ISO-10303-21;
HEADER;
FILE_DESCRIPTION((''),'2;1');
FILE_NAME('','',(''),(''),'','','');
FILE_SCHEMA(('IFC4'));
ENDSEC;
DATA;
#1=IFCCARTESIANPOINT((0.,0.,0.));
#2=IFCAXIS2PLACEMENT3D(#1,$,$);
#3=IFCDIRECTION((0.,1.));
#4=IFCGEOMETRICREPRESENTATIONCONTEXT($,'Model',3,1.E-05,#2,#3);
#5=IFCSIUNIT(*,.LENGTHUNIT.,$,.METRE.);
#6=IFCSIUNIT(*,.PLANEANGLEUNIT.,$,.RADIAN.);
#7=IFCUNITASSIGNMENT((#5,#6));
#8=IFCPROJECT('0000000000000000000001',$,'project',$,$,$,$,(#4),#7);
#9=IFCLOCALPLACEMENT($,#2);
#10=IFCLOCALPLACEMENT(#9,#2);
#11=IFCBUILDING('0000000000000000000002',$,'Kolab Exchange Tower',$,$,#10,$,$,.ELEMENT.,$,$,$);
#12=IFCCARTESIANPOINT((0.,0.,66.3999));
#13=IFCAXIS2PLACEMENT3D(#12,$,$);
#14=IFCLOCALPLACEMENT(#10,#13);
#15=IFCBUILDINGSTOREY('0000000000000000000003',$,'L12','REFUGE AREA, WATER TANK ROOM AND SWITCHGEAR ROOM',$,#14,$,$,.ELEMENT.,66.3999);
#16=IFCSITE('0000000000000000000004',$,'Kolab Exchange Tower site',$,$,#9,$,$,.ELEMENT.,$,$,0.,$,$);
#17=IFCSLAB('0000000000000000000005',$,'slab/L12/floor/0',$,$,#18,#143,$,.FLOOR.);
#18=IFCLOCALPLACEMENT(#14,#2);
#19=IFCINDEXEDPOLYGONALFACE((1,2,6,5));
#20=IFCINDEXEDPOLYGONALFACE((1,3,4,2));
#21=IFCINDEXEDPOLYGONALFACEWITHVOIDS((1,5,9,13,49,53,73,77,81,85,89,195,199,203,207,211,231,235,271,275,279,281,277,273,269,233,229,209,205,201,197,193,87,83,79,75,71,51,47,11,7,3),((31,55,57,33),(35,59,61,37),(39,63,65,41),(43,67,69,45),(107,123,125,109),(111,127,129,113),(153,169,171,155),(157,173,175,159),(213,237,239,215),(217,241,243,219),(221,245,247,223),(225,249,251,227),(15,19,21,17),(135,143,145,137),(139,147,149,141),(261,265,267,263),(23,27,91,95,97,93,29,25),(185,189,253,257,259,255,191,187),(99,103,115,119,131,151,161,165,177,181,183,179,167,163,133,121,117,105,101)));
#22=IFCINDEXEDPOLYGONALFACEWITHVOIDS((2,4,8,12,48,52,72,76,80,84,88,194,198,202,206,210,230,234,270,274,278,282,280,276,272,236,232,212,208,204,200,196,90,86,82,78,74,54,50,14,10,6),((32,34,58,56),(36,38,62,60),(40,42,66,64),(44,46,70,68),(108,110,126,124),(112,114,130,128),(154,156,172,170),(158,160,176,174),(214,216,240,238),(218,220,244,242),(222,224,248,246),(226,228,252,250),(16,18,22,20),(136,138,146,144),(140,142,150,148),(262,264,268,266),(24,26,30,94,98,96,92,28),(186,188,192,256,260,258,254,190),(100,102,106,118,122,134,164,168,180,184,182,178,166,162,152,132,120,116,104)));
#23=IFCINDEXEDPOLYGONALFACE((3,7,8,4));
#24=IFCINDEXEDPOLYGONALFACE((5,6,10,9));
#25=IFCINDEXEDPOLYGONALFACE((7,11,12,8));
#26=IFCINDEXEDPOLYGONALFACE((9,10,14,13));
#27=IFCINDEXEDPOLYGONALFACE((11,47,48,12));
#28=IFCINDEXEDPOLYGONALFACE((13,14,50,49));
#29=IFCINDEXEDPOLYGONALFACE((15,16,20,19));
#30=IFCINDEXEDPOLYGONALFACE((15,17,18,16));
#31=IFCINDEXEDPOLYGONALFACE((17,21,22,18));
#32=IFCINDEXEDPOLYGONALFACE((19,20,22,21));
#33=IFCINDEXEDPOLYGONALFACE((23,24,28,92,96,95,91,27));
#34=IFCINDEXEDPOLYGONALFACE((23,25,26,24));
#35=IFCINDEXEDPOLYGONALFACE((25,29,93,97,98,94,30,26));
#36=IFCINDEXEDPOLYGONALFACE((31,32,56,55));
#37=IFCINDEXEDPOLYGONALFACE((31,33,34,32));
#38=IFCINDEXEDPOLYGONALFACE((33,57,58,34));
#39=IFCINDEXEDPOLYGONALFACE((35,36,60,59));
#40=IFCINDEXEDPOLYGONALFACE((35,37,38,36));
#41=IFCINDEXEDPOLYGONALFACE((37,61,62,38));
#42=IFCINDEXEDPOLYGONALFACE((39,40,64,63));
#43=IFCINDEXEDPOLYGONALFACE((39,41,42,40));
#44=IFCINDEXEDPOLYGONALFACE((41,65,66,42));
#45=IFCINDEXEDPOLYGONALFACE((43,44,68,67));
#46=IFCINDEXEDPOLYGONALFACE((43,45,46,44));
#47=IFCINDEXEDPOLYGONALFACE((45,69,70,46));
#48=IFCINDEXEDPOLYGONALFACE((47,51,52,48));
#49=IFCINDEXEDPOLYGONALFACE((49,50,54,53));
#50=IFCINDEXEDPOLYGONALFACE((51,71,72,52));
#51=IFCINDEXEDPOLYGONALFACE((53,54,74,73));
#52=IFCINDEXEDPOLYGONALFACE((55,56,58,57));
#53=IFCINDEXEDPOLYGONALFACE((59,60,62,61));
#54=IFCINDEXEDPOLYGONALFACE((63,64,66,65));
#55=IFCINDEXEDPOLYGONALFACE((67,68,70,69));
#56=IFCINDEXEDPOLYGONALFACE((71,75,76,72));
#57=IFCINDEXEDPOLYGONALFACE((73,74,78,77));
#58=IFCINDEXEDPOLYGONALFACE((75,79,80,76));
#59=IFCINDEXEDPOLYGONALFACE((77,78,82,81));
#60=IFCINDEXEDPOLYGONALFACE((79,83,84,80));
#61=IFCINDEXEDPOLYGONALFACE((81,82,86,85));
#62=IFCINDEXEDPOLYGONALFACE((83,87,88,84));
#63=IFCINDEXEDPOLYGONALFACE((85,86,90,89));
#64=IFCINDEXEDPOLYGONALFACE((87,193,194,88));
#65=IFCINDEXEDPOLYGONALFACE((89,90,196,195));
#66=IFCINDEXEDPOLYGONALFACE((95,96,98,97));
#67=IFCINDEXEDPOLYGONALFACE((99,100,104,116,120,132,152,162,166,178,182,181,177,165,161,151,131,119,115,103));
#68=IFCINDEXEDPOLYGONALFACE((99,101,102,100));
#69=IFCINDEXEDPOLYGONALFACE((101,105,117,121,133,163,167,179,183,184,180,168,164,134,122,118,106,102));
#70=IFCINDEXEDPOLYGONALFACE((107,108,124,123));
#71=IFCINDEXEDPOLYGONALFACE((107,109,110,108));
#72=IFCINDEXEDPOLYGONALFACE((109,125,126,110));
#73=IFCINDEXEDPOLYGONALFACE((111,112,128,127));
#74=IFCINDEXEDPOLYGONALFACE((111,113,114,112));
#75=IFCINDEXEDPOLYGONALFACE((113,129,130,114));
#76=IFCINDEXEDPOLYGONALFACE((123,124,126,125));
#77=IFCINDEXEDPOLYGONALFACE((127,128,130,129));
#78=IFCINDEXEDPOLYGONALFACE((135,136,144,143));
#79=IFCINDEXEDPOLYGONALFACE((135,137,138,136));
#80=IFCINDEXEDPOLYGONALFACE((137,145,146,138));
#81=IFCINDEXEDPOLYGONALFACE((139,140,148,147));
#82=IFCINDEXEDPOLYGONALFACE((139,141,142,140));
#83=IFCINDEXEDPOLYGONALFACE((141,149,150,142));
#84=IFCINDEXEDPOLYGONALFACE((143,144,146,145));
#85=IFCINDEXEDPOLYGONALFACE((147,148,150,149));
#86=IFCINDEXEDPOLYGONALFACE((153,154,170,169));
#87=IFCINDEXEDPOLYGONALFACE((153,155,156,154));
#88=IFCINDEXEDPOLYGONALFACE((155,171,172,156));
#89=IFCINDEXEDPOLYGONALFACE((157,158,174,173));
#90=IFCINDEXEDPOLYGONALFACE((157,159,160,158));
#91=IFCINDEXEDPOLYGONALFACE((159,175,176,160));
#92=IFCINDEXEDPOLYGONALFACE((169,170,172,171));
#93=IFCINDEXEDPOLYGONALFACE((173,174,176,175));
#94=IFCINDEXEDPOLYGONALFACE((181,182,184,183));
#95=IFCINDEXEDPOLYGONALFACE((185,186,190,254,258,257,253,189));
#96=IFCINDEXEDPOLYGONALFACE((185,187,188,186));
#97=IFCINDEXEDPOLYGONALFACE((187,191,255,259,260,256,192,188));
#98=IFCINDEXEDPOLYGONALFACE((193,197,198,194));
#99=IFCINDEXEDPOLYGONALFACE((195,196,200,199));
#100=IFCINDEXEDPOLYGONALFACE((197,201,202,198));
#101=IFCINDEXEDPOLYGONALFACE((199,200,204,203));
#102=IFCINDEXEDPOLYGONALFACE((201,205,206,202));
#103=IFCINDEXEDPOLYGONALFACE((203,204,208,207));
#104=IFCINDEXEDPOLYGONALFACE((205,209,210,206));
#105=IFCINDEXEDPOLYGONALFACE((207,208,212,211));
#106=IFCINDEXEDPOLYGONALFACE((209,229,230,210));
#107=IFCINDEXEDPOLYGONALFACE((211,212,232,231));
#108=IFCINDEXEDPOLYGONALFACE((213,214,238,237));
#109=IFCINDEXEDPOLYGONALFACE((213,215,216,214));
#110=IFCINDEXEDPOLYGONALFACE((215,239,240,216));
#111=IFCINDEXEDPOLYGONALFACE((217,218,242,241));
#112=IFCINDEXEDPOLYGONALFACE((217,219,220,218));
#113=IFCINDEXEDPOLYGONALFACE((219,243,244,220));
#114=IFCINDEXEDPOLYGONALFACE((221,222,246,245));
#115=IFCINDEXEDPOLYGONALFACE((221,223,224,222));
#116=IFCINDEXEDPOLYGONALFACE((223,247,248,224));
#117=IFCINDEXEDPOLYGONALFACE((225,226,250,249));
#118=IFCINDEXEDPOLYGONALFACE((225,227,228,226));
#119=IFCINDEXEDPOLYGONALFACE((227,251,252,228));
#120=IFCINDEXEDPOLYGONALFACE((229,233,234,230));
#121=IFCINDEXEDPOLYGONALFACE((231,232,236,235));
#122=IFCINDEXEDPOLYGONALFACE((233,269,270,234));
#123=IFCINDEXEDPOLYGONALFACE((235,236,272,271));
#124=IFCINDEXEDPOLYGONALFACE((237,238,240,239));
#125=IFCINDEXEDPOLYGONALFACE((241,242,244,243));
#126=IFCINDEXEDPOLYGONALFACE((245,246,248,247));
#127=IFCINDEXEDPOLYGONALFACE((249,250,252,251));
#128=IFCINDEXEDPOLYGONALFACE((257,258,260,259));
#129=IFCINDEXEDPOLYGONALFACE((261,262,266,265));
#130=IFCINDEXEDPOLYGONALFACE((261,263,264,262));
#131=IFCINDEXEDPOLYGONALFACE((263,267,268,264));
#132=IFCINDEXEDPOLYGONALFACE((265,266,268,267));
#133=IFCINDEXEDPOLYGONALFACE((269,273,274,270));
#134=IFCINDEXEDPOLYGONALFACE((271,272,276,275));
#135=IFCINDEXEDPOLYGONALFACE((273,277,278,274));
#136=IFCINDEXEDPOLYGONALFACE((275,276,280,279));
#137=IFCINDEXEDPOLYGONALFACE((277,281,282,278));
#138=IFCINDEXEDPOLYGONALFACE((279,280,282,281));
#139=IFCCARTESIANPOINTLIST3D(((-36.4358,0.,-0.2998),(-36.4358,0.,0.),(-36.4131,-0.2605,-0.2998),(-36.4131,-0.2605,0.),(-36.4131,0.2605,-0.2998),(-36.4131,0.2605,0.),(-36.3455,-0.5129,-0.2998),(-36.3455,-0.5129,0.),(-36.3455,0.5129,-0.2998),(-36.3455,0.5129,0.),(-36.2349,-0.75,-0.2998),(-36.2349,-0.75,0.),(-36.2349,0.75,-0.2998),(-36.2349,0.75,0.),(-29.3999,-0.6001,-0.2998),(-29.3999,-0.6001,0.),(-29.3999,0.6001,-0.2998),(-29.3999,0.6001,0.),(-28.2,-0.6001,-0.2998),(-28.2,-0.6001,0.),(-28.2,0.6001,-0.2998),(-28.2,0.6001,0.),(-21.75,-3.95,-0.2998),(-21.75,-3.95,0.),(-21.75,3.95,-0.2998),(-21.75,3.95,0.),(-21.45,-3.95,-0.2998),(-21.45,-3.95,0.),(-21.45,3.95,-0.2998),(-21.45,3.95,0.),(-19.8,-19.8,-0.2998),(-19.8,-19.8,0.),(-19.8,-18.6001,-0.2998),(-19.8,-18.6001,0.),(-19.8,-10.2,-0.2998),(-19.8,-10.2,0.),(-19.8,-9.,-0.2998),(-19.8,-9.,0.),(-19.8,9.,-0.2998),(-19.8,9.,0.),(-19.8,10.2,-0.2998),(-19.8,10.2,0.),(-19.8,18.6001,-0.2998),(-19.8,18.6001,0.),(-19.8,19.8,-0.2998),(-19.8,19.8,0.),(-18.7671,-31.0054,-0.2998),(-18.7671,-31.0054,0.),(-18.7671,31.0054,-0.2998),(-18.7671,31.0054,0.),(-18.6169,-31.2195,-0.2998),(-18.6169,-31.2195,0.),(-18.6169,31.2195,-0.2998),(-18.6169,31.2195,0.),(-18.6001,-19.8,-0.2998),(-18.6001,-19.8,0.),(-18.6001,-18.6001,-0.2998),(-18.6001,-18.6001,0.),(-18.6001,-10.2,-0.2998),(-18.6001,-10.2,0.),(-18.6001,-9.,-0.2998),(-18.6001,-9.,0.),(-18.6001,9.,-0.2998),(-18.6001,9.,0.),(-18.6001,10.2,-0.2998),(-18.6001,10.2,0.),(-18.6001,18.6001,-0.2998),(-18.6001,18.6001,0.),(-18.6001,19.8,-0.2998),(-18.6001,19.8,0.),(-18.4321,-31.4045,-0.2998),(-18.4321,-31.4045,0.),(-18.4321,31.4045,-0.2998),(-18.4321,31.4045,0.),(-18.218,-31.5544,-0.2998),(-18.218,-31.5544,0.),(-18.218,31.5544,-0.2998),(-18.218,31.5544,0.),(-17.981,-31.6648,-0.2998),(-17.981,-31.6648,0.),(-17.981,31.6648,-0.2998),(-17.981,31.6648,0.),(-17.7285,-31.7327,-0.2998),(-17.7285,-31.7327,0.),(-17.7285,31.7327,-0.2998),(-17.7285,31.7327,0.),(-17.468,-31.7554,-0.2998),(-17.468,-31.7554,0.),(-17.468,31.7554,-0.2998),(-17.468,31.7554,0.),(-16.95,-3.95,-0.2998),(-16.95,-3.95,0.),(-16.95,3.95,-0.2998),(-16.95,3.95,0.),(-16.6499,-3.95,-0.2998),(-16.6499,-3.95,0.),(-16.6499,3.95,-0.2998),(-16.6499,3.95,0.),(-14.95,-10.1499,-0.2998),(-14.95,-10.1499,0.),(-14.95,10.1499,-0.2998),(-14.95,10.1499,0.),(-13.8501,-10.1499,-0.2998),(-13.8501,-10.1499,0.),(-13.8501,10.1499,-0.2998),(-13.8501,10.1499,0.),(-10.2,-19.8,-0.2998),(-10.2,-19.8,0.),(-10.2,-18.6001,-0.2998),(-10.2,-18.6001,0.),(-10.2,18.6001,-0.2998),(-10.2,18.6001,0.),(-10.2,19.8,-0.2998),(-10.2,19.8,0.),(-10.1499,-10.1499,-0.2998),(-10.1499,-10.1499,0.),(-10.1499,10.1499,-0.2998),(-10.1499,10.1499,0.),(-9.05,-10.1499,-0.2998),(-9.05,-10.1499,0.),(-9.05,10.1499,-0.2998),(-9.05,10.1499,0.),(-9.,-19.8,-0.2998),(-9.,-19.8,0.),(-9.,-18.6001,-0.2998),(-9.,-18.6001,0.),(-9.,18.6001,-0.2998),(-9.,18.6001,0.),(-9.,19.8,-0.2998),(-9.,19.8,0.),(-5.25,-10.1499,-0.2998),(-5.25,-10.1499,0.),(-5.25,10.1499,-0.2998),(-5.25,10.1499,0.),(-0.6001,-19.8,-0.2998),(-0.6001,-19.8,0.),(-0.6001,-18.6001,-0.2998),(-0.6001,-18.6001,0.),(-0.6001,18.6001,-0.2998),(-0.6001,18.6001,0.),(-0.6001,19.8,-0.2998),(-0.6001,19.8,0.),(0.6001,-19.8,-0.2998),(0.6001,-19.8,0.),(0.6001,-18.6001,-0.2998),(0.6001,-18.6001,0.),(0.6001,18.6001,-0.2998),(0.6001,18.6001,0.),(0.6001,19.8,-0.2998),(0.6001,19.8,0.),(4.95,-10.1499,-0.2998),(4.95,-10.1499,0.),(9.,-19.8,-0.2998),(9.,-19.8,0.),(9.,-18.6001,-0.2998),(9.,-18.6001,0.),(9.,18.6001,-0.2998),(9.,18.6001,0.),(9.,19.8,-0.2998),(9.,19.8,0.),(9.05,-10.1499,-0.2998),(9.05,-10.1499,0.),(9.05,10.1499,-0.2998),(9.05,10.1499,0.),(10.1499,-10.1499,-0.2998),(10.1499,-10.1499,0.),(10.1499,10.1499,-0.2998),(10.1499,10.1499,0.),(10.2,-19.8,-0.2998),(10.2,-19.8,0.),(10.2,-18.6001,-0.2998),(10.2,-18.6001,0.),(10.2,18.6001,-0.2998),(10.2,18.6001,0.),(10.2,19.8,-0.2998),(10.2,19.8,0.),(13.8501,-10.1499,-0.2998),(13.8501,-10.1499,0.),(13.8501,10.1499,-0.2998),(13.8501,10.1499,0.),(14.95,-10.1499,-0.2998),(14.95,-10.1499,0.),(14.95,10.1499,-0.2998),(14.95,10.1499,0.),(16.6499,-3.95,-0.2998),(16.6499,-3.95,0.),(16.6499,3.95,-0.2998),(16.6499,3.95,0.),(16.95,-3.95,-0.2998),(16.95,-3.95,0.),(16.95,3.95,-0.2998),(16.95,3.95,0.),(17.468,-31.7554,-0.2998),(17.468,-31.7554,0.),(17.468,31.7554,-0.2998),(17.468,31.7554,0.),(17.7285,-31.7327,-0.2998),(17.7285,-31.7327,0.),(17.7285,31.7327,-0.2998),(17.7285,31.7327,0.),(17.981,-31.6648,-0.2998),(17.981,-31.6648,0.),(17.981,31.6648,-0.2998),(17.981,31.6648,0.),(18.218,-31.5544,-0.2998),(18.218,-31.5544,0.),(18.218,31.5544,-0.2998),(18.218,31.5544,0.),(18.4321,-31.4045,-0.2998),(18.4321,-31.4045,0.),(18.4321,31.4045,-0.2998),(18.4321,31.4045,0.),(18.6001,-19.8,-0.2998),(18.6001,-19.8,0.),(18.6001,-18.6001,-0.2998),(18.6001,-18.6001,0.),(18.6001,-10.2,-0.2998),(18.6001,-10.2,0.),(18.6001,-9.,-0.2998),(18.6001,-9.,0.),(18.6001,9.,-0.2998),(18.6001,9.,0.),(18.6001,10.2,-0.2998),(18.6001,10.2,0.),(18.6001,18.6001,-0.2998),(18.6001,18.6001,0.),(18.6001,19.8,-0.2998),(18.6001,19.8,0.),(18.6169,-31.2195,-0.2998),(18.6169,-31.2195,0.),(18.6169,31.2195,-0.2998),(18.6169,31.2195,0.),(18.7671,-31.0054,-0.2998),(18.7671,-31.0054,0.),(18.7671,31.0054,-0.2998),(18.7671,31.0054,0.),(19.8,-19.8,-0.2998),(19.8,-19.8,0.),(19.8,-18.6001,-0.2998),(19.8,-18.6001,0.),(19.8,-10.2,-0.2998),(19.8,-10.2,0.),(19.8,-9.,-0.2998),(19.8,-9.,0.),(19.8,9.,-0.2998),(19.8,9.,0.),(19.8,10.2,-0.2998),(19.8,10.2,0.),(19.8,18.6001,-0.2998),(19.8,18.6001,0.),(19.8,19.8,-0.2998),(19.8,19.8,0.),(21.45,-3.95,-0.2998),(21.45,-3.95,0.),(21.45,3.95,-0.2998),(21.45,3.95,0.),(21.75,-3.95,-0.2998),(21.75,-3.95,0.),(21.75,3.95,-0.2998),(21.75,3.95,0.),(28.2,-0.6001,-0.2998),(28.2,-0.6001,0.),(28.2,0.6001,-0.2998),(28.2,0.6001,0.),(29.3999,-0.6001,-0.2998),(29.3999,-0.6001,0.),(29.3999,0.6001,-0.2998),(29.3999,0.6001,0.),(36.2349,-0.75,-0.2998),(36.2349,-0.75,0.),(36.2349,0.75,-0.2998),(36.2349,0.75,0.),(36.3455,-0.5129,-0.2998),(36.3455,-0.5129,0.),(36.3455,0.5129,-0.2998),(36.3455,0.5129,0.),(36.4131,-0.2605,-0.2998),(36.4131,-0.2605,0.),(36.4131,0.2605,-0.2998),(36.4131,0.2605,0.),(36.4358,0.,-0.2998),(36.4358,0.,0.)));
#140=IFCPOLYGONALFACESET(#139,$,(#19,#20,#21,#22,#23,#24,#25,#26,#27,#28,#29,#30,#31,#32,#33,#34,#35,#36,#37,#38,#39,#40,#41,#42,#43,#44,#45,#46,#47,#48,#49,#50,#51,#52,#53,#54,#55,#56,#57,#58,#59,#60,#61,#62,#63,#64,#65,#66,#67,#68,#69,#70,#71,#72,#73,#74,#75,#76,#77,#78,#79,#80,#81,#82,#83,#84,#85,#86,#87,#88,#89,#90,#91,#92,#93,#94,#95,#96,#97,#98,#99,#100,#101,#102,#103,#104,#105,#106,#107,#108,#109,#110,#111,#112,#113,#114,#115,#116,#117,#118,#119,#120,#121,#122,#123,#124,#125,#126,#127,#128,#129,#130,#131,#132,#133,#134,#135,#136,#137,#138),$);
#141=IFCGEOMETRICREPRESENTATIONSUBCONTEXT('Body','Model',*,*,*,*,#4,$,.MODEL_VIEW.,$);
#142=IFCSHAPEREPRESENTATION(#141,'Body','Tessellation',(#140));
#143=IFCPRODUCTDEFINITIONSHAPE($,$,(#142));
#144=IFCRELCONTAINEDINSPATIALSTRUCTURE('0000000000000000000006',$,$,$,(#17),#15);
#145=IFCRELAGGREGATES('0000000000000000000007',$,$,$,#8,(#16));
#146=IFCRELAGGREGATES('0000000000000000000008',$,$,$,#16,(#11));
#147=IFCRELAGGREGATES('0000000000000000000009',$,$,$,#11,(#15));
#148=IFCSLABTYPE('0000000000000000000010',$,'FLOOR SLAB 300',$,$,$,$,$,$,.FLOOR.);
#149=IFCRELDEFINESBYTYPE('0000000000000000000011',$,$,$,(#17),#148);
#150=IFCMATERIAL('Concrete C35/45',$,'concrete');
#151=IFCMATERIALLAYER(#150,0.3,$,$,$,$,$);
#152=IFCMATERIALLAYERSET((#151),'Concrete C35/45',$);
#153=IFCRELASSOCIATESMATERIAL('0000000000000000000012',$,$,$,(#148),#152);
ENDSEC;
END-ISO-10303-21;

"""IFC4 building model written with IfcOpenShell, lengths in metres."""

from ifc_helpers import new_model, si_unit, direction, frame, origin, place, context, subcontext, project, spatial, polyline, outline, extrude, material, layer, layer_set, type_object, element, save


model = new_model("IFC4")

# Units and contexts
model_context = context("Model", 3, precision=1e-05, world=origin(), true_north=direction((0.0, 1.0)))
body_context = subcontext(model_context, "Body", "Model", "MODEL_VIEW")
ifc_project = project(units=[si_unit("LENGTHUNIT", "METRE"), si_unit("PLANEANGLEUNIT", "RADIAN")], contexts=[model_context])

# Site, building, storey
site_placement = place(None, origin())
site = spatial("IfcSite", under=ifc_project, at=site_placement, Name="Kolab Exchange Tower site", CompositionType="ELEMENT", RefElevation=0.0)
building_placement = place(site_placement, origin())
building = spatial("IfcBuilding", under=site, at=building_placement, Name="Kolab Exchange Tower", CompositionType="ELEMENT")
storey_placement = place(building_placement, frame((0.0, 0.0, 66.3999)))
storey = spatial("IfcBuildingStorey", under=building, at=storey_placement, Name="L12", Description="REFUGE AREA, WATER TANK ROOM AND SWITCHGEAR ROOM", CompositionType="ELEMENT", Elevation=66.3999)

# Slab
ifc_material_1 = material(Name="Concrete C35/45", Category="concrete")
ifc_layer_1 = layer(ifc_material_1, 0.3)
ifc_layer_set_1 = layer_set([ifc_layer_1], Name="Concrete C35/45")
slab_type = type_object("IfcSlabType", Name="FLOOR SLAB 300", PredefinedType="FLOOR", material=ifc_layer_set_1)
slab_1_placement = place(storey_placement, frame((0.0, 0.0, -0.2998)))
element("IfcSlab", 1, at=slab_1_placement, inside=storey, type_object=slab_type, Name="slab/L12/floor/0", PredefinedType="FLOOR", context=body_context, shape_type="SweptSolid", body=[
    extrude(outline(polyline([(18.7671, -31.0054), (36.2349, -0.75), (36.3455, -0.5129), (36.4131, -0.2605), (36.4358, 0.0), (36.4131, 0.2605), (36.3455, 0.5129), (36.2349, 0.75), (18.7671, 31.0054), (18.6169, 31.2195), (18.4321, 31.4045), (18.218, 31.5544), (17.981, 31.6648), (17.7285, 31.7327), (17.468, 31.7554), (-17.468, 31.7554), (-17.7285, 31.7327), (-17.981, 31.6648), (-18.218, 31.5544), (-18.4321, 31.4045), (-18.6169, 31.2195), (-18.7671, 31.0054), (-36.2349, 0.75), (-36.3455, 0.5129), (-36.4131, 0.2605), (-36.4358, 0.0), (-36.4131, -0.2605), (-36.3455, -0.5129), (-36.2349, -0.75), (-18.7671, -31.0054), (-18.6169, -31.2195), (-18.4321, -31.4045), (-18.218, -31.5544), (-17.981, -31.6648), (-17.7285, -31.7327), (-17.468, -31.7554), (17.468, -31.7554), (17.7285, -31.7327), (17.981, -31.6648), (18.218, -31.5544), (18.4321, -31.4045), (18.6169, -31.2195), (18.7671, -31.0054)]), holes=[polyline([(-19.8, -18.6001), (-18.6001, -18.6001), (-18.6001, -19.8), (-19.8, -19.8), (-19.8, -18.6001)]), polyline([(-18.6001, -9.0), (-18.6001, -10.2), (-19.8, -10.2), (-19.8, -9.0), (-18.6001, -9.0)]), polyline([(-21.75, -3.95), (-21.75, 3.95), (-21.45, 3.95), (-16.95, 3.95), (-16.6499, 3.95), (-16.6499, -3.95), (-16.95, -3.95), (-21.45, -3.95), (-21.75, -3.95)]), polyline([(-14.95, 10.1499), (-13.8501, 10.1499), (-10.1499, 10.1499), (-9.05, 10.1499), (-5.25, 10.1499), (9.05, 10.1499), (10.1499, 10.1499), (13.8501, 10.1499), (14.95, 10.1499), (14.95, -10.1499), (13.8501, -10.1499), (10.1499, -10.1499), (9.05, -10.1499), (4.95, -10.1499), (-5.25, -10.1499), (-9.05, -10.1499), (-10.1499, -10.1499), (-13.8501, -10.1499), (-14.95, -10.1499), (-14.95, 10.1499)]), polyline([(-28.2, 0.6001), (-28.2, -0.6001), (-29.3999, -0.6001), (-29.3999, 0.6001), (-28.2, 0.6001)]), polyline([(-18.6001, 10.2), (-18.6001, 9.0), (-19.8, 9.0), (-19.8, 10.2), (-18.6001, 10.2)]), polyline([(-19.8, 19.8), (-18.6001, 19.8), (-18.6001, 18.6001), (-19.8, 18.6001), (-19.8, 19.8)]), polyline([(-9.0, -18.6001), (-9.0, -19.8), (-10.2, -19.8), (-10.2, -18.6001), (-9.0, -18.6001)]), polyline([(-9.0, 19.8), (-9.0, 18.6001), (-10.2, 18.6001), (-10.2, 19.8), (-9.0, 19.8)]), polyline([(0.6001, -18.6001), (0.6001, -19.8), (-0.6001, -19.8), (-0.6001, -18.6001), (0.6001, -18.6001)]), polyline([(0.6001, 19.8), (0.6001, 18.6001), (-0.6001, 18.6001), (-0.6001, 19.8), (0.6001, 19.8)]), polyline([(10.2, -18.6001), (10.2, -19.8), (9.0, -19.8), (9.0, -18.6001), (10.2, -18.6001)]), polyline([(9.0, 19.8), (10.2, 19.8), (10.2, 18.6001), (9.0, 18.6001), (9.0, 19.8)]), polyline([(19.8, -18.6001), (19.8, -19.8), (18.6001, -19.8), (18.6001, -18.6001), (19.8, -18.6001)]), polyline([(19.8, -9.0), (19.8, -10.2), (18.6001, -10.2), (18.6001, -9.0), (19.8, -9.0)]), polyline([(16.95, -3.95), (16.6499, -3.95), (16.6499, 3.95), (16.95, 3.95), (21.45, 3.95), (21.75, 3.95), (21.75, -3.95), (21.45, -3.95), (16.95, -3.95)]), polyline([(29.3999, 0.6001), (29.3999, -0.6001), (28.2, -0.6001), (28.2, 0.6001), (29.3999, 0.6001)]), polyline([(18.6001, 10.2), (19.8, 10.2), (19.8, 9.0), (18.6001, 9.0), (18.6001, 10.2)]), polyline([(18.6001, 19.8), (19.8, 19.8), (19.8, 18.6001), (18.6001, 18.6001), (18.6001, 19.8)])]), origin(), (0.0, 0.0, 1.0), 0.2998),
])

save(model, "model.ifc")
